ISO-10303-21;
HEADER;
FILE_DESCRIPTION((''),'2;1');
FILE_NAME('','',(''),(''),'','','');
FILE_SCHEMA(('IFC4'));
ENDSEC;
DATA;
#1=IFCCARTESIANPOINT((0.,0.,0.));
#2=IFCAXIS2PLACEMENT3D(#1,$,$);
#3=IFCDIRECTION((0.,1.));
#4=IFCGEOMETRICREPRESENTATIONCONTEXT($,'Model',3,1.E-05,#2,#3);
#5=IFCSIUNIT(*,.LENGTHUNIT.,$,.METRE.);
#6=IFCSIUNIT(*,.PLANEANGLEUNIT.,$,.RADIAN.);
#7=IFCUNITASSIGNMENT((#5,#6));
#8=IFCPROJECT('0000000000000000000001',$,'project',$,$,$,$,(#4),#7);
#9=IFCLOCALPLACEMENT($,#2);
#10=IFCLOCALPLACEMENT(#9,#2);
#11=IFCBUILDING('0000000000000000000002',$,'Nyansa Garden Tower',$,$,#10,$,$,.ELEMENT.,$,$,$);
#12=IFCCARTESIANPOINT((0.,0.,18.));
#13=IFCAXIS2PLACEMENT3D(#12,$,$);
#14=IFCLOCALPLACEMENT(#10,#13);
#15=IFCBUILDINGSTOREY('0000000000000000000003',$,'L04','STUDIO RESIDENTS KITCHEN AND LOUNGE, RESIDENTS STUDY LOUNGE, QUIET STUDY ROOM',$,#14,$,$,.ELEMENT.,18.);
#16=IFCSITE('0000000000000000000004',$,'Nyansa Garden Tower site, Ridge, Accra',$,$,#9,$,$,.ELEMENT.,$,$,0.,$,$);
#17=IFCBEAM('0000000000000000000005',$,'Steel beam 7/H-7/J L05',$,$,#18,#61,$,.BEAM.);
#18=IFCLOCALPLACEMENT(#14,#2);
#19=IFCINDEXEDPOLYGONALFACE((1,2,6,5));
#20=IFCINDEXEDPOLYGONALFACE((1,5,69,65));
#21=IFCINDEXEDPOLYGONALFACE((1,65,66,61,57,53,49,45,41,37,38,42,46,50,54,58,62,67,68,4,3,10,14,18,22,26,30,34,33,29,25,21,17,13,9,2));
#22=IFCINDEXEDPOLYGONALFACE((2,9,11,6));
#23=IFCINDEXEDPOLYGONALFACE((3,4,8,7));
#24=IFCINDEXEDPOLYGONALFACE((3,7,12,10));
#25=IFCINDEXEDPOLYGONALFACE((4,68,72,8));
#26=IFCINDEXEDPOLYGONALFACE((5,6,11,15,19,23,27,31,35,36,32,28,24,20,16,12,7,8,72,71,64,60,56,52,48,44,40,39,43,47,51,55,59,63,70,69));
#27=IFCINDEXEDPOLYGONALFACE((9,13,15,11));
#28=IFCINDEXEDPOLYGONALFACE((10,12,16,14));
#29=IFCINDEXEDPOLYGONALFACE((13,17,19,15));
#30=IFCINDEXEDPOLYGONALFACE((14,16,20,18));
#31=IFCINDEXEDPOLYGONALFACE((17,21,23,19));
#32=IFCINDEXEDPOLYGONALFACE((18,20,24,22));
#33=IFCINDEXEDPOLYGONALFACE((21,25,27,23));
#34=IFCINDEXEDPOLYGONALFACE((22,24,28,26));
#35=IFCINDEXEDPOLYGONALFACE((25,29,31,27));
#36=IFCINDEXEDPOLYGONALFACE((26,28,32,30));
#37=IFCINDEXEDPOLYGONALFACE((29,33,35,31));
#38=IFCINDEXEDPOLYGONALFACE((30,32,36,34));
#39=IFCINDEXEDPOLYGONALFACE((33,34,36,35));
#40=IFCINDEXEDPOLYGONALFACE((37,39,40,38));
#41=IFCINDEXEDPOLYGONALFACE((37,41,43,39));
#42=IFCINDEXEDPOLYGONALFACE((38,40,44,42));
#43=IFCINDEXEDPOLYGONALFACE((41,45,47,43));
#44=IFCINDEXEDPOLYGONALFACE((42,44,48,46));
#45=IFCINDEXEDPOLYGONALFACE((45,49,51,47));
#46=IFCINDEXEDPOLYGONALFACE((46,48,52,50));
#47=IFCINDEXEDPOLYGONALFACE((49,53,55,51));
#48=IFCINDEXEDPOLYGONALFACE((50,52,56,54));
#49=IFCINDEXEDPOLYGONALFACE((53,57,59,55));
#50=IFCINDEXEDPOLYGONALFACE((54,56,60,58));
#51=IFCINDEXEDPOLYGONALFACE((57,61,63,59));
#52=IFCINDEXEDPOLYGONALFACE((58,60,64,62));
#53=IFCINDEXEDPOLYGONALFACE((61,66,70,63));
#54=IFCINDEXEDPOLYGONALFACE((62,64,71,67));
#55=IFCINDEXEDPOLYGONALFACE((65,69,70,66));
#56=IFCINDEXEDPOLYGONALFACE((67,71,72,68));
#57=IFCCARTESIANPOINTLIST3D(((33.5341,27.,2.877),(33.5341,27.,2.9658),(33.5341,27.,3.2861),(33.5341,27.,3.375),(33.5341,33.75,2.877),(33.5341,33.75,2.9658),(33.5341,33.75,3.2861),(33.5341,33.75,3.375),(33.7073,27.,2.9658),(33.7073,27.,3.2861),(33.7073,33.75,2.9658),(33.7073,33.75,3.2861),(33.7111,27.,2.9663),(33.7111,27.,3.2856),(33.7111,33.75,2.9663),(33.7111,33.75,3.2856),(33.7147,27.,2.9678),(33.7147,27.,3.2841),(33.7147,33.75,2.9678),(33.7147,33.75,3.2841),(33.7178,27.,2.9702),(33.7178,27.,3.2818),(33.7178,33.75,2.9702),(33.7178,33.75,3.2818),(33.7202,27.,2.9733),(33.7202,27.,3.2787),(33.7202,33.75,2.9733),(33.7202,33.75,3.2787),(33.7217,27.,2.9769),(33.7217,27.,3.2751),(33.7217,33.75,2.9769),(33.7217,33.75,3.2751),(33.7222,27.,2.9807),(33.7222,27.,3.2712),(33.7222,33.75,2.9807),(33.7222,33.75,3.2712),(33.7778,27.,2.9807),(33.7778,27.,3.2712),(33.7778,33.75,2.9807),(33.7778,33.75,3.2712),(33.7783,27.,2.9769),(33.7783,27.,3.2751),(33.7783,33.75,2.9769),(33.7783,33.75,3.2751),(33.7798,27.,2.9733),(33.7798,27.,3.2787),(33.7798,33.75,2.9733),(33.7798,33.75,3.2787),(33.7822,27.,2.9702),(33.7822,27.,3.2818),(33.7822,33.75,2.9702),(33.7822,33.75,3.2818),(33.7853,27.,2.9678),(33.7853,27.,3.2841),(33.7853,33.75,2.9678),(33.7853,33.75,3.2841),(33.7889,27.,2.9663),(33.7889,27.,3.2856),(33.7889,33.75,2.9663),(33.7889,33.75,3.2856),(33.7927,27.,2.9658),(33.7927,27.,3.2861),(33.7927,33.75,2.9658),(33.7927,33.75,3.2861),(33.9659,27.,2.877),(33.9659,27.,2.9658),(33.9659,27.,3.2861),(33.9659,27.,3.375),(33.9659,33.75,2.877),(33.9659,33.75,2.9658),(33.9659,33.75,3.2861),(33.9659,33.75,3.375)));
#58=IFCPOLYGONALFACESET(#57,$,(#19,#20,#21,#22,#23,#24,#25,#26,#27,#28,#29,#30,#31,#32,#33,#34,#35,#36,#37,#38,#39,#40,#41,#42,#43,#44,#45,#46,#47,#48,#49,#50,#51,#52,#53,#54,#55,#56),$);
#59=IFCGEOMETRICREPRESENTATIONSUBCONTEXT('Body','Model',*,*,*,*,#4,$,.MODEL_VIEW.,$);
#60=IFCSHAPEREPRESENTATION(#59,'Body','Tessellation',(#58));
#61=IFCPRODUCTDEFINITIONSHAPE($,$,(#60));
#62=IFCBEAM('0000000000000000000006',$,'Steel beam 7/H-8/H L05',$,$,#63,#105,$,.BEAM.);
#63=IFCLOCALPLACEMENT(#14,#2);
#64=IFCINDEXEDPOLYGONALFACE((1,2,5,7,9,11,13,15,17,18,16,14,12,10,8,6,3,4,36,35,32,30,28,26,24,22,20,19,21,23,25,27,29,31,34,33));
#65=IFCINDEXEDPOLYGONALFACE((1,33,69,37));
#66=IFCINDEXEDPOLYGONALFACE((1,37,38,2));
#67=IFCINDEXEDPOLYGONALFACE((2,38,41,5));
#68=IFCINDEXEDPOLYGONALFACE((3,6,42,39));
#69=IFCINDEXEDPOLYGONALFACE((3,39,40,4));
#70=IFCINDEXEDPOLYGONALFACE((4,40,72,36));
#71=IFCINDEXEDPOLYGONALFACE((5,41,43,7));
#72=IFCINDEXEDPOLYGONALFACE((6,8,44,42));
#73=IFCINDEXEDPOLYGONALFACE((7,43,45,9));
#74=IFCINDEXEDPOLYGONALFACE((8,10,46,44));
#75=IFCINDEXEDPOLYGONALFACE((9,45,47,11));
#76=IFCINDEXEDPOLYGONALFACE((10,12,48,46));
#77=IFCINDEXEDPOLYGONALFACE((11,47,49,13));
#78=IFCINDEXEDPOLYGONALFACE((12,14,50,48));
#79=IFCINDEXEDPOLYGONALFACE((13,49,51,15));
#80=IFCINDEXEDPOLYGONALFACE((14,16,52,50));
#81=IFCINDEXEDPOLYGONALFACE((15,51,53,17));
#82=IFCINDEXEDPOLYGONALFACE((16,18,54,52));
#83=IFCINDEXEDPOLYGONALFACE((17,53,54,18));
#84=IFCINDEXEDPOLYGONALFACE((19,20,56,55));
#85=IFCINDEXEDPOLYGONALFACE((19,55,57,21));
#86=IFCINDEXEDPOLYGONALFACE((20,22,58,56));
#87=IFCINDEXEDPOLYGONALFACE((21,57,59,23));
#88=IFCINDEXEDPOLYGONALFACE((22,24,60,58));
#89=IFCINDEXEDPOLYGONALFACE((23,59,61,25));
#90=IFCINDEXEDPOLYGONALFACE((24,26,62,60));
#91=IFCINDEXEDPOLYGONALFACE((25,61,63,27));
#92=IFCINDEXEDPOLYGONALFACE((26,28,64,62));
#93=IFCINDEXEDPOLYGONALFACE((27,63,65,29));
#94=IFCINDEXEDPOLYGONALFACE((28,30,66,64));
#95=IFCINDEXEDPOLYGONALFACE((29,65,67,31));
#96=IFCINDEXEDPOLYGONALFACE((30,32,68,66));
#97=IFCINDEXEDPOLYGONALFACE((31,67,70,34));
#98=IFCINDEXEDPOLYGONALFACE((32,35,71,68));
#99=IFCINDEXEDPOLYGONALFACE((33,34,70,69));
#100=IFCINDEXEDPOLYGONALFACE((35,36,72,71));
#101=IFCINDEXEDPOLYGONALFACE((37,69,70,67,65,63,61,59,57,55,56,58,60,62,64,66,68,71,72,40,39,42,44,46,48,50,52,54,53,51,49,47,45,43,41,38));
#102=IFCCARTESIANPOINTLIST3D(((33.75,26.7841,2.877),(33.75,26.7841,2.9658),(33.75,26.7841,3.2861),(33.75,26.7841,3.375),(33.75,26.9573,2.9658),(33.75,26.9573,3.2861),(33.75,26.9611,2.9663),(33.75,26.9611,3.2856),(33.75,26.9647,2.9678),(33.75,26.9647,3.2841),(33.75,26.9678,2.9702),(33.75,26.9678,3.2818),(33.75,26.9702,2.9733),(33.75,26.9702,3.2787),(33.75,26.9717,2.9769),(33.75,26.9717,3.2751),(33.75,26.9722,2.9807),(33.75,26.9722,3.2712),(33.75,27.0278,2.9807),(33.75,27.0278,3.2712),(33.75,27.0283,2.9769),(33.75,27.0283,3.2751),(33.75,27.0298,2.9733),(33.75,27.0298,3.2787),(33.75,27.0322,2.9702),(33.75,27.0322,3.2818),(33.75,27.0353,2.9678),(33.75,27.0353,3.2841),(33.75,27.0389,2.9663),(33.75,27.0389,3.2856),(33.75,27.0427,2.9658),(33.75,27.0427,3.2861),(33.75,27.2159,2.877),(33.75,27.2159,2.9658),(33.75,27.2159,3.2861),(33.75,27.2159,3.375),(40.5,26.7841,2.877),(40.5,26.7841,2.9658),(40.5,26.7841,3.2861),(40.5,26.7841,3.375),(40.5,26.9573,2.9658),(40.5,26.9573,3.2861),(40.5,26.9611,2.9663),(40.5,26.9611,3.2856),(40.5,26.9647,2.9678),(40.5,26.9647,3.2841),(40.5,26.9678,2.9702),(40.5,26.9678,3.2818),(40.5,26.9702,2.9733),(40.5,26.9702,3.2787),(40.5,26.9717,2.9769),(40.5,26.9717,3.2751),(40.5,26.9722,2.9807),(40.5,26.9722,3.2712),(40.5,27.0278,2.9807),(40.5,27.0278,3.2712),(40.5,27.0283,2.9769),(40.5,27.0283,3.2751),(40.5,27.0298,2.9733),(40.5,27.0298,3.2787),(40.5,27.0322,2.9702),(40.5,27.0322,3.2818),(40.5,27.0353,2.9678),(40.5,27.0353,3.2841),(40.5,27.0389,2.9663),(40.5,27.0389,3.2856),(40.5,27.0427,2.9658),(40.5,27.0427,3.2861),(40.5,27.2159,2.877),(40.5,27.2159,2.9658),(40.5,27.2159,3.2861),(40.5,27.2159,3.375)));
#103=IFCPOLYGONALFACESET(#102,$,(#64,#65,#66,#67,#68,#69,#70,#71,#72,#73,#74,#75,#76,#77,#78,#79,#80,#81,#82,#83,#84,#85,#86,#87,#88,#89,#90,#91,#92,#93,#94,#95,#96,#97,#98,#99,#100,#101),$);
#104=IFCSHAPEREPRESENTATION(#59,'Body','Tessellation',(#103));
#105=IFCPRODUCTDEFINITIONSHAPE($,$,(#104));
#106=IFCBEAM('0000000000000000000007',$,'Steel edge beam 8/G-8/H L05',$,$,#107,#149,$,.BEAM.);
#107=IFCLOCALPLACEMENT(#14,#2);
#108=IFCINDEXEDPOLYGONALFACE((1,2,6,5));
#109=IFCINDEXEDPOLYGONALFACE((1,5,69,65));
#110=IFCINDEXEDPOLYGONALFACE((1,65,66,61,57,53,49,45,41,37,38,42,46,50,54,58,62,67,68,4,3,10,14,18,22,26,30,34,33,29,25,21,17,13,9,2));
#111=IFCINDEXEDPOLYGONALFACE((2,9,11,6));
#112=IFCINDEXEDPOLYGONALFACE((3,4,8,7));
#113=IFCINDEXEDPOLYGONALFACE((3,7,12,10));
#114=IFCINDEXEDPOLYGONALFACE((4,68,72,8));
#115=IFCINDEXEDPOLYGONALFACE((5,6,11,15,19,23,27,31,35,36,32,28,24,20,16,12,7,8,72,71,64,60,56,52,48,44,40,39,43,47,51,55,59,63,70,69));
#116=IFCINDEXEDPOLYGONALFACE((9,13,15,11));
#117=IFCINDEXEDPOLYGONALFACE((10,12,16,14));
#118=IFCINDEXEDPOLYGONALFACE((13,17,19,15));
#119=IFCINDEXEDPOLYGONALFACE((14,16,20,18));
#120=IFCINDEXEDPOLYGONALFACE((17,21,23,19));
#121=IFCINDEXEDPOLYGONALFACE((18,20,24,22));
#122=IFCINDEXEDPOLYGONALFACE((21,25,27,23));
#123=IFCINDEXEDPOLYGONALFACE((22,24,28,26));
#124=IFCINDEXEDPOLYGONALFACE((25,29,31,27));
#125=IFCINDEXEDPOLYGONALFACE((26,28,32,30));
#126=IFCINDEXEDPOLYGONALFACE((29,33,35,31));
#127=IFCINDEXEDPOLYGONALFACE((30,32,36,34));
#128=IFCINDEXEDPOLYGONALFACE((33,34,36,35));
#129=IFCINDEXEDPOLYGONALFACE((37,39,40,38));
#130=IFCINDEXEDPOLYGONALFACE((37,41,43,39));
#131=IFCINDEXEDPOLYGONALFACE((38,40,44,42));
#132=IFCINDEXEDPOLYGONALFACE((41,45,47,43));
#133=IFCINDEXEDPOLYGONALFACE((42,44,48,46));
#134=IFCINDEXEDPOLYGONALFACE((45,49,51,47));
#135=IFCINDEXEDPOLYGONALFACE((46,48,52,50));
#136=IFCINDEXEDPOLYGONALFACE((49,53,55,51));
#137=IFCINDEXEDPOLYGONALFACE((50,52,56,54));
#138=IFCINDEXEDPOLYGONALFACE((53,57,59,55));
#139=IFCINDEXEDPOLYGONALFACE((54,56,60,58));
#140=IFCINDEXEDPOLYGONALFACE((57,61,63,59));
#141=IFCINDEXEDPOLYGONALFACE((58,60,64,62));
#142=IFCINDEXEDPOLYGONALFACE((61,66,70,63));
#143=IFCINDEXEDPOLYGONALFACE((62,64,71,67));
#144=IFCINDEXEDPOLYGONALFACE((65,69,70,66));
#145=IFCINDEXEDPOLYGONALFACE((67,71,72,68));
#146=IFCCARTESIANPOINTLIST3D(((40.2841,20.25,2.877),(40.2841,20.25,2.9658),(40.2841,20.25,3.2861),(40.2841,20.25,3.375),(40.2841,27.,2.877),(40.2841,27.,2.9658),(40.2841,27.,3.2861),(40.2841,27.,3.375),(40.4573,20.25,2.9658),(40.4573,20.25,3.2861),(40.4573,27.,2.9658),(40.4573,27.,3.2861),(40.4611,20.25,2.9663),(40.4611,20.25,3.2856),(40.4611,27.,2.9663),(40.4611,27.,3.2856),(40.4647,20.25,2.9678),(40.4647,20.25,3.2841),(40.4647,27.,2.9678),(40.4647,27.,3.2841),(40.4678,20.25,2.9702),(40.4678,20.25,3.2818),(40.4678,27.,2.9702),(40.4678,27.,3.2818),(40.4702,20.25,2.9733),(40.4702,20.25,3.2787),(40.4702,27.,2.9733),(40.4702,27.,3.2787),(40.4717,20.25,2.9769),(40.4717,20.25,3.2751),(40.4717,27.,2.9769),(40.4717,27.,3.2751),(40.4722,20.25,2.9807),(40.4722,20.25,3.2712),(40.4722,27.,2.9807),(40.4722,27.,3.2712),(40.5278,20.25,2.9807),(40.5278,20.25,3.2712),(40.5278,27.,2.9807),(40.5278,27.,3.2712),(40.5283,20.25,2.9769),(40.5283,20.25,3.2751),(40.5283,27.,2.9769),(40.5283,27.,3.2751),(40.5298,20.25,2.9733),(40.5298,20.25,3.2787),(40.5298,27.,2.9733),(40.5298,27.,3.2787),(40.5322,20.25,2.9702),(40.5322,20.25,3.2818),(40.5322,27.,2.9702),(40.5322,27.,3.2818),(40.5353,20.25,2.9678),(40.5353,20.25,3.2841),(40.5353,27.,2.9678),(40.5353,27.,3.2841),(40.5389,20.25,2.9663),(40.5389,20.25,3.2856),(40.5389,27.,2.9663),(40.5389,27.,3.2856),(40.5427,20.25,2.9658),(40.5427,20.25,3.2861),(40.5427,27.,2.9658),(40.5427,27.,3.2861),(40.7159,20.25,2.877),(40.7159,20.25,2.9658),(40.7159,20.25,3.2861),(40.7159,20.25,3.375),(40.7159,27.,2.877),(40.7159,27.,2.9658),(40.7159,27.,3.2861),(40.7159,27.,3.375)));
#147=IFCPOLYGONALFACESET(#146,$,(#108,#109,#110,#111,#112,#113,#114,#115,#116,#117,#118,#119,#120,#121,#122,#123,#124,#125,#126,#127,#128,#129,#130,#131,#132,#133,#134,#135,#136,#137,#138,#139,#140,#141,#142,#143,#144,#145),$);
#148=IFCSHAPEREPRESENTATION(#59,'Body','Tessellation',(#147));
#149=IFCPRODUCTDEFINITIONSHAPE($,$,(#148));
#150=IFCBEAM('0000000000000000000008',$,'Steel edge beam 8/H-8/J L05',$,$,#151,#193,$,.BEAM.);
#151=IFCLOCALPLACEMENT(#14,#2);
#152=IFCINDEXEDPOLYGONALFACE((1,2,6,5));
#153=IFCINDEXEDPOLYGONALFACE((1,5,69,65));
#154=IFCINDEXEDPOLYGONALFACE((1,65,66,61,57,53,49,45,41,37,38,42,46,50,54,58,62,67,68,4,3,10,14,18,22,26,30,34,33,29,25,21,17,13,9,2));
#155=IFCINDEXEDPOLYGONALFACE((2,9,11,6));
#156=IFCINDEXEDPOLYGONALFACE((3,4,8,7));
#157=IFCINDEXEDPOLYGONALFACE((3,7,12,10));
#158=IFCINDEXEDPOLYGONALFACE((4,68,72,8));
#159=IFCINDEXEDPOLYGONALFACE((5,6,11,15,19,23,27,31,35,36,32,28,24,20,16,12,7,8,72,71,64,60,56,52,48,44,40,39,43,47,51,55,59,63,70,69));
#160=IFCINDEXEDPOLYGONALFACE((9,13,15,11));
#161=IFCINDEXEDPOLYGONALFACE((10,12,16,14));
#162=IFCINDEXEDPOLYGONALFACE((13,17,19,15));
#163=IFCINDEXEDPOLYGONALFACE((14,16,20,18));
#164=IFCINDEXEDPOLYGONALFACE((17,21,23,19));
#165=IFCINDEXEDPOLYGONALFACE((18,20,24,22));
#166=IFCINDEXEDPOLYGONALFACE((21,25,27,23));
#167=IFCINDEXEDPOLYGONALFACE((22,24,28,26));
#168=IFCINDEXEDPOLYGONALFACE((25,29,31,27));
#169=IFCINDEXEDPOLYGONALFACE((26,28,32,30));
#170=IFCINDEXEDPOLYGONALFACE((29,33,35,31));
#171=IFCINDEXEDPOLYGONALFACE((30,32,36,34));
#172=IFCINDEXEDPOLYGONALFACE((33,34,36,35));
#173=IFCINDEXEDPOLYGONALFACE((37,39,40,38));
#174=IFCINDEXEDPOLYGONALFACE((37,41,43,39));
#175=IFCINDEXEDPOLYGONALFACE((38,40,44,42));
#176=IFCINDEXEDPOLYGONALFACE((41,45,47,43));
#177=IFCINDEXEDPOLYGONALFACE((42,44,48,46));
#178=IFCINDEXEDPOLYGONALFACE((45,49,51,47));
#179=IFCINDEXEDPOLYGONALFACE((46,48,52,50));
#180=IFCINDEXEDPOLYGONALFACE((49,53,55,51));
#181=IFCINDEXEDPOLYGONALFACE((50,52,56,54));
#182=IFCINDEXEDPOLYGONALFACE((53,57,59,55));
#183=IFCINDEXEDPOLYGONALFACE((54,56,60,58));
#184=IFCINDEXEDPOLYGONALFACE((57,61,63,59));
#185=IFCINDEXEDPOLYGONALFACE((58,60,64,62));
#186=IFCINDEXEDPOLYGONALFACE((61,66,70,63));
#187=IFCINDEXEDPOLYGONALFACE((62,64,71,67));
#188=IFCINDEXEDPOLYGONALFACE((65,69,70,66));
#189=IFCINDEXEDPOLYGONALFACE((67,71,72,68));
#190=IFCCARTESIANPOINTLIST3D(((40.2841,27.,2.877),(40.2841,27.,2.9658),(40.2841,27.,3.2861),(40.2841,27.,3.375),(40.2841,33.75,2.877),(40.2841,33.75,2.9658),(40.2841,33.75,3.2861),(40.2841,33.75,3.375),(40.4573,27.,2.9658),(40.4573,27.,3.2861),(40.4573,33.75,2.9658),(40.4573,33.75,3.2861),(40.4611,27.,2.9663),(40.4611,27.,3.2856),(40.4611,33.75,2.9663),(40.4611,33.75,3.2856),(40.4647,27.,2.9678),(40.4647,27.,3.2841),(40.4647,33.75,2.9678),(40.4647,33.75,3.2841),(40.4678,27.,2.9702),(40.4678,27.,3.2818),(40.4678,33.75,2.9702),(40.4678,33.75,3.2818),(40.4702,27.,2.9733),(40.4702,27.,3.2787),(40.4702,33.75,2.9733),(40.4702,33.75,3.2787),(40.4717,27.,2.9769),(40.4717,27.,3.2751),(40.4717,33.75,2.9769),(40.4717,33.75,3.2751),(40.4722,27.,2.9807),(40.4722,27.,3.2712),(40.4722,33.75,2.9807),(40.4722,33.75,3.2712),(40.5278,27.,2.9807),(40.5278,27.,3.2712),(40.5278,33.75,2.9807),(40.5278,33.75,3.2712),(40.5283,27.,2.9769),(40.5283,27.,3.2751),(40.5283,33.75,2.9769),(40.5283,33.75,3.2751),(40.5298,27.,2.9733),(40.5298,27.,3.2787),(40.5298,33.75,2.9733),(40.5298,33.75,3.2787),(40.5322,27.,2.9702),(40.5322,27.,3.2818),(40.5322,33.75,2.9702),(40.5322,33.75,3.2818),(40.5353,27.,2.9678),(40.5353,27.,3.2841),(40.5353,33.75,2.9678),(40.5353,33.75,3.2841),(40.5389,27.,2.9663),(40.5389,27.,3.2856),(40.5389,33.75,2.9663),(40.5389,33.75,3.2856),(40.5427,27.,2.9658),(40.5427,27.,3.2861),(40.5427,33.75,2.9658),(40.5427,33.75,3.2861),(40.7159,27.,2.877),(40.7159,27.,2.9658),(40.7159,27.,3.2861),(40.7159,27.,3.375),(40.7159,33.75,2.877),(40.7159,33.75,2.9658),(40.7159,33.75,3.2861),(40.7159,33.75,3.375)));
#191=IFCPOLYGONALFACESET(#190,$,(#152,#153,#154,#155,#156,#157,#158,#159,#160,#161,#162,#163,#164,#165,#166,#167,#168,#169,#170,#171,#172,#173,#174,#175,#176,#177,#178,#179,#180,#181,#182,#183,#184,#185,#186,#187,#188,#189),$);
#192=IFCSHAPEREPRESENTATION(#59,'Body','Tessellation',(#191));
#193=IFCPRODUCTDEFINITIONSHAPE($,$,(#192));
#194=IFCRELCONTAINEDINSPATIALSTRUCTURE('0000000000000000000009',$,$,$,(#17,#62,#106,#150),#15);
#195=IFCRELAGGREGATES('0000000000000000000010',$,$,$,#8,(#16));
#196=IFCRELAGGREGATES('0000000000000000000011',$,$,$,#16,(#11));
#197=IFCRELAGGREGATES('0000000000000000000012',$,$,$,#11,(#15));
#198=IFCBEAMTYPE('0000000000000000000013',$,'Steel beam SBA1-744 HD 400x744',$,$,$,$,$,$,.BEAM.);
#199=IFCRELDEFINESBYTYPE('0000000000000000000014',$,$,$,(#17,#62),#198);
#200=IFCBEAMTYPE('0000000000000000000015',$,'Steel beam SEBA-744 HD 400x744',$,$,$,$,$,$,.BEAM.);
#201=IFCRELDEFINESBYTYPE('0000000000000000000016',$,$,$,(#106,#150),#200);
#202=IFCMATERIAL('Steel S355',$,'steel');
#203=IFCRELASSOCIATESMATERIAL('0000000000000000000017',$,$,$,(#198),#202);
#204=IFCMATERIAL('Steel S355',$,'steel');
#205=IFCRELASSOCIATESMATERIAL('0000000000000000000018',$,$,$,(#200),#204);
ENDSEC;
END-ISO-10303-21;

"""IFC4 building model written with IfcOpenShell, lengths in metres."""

from ifc_helpers import new_model, si_unit, direction, frame, origin, origin_2d, place, context, subcontext, project, spatial, i_section, extrude, material, material_profile, profile_set, type_object, element, save


model = new_model("IFC4")

# Units and contexts
model_context = context("Model", 3, precision=1e-05, world=origin(), true_north=direction((0.0, 1.0)))
body_context = subcontext(model_context, "Body", "Model", "MODEL_VIEW")
ifc_project = project(units=[si_unit("LENGTHUNIT", "METRE"), si_unit("PLANEANGLEUNIT", "RADIAN")], contexts=[model_context])

# Site, building, storey
site_placement = place(None, origin())
site = spatial("IfcSite", under=ifc_project, at=site_placement, Name="Nyansa Garden Tower site, Ridge, Accra", CompositionType="ELEMENT", RefElevation=0.0)
building_placement = place(site_placement, origin())
building = spatial("IfcBuilding", under=site, at=building_placement, Name="Nyansa Garden Tower", CompositionType="ELEMENT")
storey_placement = place(building_placement, frame((0.0, 0.0, 18.0)))
storey = spatial("IfcBuildingStorey", under=building, at=storey_placement, Name="L04", Description="STUDIO RESIDENTS KITCHEN AND LOUNGE, RESIDENTS STUDY LOUNGE, QUIET STUDY ROOM", CompositionType="ELEMENT", Elevation=18.0)

# Beams
ifc_material_1 = material(Name="Steel S355", Category="steel")
ifc_material_profile_1 = material_profile(ifc_material_1, i_section(OverallWidth=0.4319, OverallDepth=0.498, WebThickness=0.0557, FlangeThickness=0.0889, FilletRadius=0.0149, at=origin_2d()), Name="HD 400x744")
ifc_profile_set_1 = profile_set([ifc_material_profile_1], Name="Steel S355")
beam_type_1 = type_object("IfcBeamType", Name="Steel beam SBA1-744 HD 400x744", PredefinedType="BEAM", material=ifc_profile_set_1)
for number, where, z_axis, x_axis, name in (
    (1, (33.75, 27.0, 3.126), (0.0, 1.0, 0.0), (-1.0, 0.0, 0.0), "Steel beam 7/H-7/J L05"),
    (2, (33.75, 27.0, 3.126), (1.0, 0.0, 0.0), (0.0, 1.0, 0.0), "Steel beam 7/H-8/H L05"),
):
    element("IfcBeam", number, at=place(storey_placement, frame(where, z_axis=z_axis, x_axis=x_axis)), inside=storey, type_object=beam_type_1, Name=name, PredefinedType="BEAM", context=body_context, shape_type="SweptSolid", body=[
        extrude(i_section(OverallWidth=0.4319, OverallDepth=0.498, WebThickness=0.0557, FlangeThickness=0.0889, FilletRadius=0.0149, at=origin_2d()), origin(), (0.0, 0.0, 1.0), 6.75),
    ])
ifc_material_2 = material(Name="Steel S355", Category="steel")
ifc_material_profile_2 = material_profile(ifc_material_2, i_section(OverallWidth=0.4319, OverallDepth=0.498, WebThickness=0.0557, FlangeThickness=0.0889, FilletRadius=0.0149, at=origin_2d()), Name="HD 400x744")
ifc_profile_set_2 = profile_set([ifc_material_profile_2], Name="Steel S355")
beam_type_2 = type_object("IfcBeamType", Name="Steel beam SEBA-744 HD 400x744", PredefinedType="BEAM", material=ifc_profile_set_2)
for number, where, z_axis, x_axis, name in (
    (3, (40.5, 20.25, 3.126), (0.0, 1.0, 0.0), (-1.0, 0.0, 0.0), "Steel edge beam 8/G-8/H L05"),
    (4, (40.5, 27.0, 3.126), (0.0, 1.0, 0.0), (-1.0, 0.0, 0.0), "Steel edge beam 8/H-8/J L05"),
):
    element("IfcBeam", number, at=place(storey_placement, frame(where, z_axis=z_axis, x_axis=x_axis)), inside=storey, type_object=beam_type_2, Name=name, PredefinedType="BEAM", context=body_context, shape_type="SweptSolid", body=[
        extrude(i_section(OverallWidth=0.4319, OverallDepth=0.498, WebThickness=0.0557, FlangeThickness=0.0889, FilletRadius=0.0149, at=origin_2d()), origin(), (0.0, 0.0, 1.0), 6.75),
    ])

save(model, "model.ifc")
